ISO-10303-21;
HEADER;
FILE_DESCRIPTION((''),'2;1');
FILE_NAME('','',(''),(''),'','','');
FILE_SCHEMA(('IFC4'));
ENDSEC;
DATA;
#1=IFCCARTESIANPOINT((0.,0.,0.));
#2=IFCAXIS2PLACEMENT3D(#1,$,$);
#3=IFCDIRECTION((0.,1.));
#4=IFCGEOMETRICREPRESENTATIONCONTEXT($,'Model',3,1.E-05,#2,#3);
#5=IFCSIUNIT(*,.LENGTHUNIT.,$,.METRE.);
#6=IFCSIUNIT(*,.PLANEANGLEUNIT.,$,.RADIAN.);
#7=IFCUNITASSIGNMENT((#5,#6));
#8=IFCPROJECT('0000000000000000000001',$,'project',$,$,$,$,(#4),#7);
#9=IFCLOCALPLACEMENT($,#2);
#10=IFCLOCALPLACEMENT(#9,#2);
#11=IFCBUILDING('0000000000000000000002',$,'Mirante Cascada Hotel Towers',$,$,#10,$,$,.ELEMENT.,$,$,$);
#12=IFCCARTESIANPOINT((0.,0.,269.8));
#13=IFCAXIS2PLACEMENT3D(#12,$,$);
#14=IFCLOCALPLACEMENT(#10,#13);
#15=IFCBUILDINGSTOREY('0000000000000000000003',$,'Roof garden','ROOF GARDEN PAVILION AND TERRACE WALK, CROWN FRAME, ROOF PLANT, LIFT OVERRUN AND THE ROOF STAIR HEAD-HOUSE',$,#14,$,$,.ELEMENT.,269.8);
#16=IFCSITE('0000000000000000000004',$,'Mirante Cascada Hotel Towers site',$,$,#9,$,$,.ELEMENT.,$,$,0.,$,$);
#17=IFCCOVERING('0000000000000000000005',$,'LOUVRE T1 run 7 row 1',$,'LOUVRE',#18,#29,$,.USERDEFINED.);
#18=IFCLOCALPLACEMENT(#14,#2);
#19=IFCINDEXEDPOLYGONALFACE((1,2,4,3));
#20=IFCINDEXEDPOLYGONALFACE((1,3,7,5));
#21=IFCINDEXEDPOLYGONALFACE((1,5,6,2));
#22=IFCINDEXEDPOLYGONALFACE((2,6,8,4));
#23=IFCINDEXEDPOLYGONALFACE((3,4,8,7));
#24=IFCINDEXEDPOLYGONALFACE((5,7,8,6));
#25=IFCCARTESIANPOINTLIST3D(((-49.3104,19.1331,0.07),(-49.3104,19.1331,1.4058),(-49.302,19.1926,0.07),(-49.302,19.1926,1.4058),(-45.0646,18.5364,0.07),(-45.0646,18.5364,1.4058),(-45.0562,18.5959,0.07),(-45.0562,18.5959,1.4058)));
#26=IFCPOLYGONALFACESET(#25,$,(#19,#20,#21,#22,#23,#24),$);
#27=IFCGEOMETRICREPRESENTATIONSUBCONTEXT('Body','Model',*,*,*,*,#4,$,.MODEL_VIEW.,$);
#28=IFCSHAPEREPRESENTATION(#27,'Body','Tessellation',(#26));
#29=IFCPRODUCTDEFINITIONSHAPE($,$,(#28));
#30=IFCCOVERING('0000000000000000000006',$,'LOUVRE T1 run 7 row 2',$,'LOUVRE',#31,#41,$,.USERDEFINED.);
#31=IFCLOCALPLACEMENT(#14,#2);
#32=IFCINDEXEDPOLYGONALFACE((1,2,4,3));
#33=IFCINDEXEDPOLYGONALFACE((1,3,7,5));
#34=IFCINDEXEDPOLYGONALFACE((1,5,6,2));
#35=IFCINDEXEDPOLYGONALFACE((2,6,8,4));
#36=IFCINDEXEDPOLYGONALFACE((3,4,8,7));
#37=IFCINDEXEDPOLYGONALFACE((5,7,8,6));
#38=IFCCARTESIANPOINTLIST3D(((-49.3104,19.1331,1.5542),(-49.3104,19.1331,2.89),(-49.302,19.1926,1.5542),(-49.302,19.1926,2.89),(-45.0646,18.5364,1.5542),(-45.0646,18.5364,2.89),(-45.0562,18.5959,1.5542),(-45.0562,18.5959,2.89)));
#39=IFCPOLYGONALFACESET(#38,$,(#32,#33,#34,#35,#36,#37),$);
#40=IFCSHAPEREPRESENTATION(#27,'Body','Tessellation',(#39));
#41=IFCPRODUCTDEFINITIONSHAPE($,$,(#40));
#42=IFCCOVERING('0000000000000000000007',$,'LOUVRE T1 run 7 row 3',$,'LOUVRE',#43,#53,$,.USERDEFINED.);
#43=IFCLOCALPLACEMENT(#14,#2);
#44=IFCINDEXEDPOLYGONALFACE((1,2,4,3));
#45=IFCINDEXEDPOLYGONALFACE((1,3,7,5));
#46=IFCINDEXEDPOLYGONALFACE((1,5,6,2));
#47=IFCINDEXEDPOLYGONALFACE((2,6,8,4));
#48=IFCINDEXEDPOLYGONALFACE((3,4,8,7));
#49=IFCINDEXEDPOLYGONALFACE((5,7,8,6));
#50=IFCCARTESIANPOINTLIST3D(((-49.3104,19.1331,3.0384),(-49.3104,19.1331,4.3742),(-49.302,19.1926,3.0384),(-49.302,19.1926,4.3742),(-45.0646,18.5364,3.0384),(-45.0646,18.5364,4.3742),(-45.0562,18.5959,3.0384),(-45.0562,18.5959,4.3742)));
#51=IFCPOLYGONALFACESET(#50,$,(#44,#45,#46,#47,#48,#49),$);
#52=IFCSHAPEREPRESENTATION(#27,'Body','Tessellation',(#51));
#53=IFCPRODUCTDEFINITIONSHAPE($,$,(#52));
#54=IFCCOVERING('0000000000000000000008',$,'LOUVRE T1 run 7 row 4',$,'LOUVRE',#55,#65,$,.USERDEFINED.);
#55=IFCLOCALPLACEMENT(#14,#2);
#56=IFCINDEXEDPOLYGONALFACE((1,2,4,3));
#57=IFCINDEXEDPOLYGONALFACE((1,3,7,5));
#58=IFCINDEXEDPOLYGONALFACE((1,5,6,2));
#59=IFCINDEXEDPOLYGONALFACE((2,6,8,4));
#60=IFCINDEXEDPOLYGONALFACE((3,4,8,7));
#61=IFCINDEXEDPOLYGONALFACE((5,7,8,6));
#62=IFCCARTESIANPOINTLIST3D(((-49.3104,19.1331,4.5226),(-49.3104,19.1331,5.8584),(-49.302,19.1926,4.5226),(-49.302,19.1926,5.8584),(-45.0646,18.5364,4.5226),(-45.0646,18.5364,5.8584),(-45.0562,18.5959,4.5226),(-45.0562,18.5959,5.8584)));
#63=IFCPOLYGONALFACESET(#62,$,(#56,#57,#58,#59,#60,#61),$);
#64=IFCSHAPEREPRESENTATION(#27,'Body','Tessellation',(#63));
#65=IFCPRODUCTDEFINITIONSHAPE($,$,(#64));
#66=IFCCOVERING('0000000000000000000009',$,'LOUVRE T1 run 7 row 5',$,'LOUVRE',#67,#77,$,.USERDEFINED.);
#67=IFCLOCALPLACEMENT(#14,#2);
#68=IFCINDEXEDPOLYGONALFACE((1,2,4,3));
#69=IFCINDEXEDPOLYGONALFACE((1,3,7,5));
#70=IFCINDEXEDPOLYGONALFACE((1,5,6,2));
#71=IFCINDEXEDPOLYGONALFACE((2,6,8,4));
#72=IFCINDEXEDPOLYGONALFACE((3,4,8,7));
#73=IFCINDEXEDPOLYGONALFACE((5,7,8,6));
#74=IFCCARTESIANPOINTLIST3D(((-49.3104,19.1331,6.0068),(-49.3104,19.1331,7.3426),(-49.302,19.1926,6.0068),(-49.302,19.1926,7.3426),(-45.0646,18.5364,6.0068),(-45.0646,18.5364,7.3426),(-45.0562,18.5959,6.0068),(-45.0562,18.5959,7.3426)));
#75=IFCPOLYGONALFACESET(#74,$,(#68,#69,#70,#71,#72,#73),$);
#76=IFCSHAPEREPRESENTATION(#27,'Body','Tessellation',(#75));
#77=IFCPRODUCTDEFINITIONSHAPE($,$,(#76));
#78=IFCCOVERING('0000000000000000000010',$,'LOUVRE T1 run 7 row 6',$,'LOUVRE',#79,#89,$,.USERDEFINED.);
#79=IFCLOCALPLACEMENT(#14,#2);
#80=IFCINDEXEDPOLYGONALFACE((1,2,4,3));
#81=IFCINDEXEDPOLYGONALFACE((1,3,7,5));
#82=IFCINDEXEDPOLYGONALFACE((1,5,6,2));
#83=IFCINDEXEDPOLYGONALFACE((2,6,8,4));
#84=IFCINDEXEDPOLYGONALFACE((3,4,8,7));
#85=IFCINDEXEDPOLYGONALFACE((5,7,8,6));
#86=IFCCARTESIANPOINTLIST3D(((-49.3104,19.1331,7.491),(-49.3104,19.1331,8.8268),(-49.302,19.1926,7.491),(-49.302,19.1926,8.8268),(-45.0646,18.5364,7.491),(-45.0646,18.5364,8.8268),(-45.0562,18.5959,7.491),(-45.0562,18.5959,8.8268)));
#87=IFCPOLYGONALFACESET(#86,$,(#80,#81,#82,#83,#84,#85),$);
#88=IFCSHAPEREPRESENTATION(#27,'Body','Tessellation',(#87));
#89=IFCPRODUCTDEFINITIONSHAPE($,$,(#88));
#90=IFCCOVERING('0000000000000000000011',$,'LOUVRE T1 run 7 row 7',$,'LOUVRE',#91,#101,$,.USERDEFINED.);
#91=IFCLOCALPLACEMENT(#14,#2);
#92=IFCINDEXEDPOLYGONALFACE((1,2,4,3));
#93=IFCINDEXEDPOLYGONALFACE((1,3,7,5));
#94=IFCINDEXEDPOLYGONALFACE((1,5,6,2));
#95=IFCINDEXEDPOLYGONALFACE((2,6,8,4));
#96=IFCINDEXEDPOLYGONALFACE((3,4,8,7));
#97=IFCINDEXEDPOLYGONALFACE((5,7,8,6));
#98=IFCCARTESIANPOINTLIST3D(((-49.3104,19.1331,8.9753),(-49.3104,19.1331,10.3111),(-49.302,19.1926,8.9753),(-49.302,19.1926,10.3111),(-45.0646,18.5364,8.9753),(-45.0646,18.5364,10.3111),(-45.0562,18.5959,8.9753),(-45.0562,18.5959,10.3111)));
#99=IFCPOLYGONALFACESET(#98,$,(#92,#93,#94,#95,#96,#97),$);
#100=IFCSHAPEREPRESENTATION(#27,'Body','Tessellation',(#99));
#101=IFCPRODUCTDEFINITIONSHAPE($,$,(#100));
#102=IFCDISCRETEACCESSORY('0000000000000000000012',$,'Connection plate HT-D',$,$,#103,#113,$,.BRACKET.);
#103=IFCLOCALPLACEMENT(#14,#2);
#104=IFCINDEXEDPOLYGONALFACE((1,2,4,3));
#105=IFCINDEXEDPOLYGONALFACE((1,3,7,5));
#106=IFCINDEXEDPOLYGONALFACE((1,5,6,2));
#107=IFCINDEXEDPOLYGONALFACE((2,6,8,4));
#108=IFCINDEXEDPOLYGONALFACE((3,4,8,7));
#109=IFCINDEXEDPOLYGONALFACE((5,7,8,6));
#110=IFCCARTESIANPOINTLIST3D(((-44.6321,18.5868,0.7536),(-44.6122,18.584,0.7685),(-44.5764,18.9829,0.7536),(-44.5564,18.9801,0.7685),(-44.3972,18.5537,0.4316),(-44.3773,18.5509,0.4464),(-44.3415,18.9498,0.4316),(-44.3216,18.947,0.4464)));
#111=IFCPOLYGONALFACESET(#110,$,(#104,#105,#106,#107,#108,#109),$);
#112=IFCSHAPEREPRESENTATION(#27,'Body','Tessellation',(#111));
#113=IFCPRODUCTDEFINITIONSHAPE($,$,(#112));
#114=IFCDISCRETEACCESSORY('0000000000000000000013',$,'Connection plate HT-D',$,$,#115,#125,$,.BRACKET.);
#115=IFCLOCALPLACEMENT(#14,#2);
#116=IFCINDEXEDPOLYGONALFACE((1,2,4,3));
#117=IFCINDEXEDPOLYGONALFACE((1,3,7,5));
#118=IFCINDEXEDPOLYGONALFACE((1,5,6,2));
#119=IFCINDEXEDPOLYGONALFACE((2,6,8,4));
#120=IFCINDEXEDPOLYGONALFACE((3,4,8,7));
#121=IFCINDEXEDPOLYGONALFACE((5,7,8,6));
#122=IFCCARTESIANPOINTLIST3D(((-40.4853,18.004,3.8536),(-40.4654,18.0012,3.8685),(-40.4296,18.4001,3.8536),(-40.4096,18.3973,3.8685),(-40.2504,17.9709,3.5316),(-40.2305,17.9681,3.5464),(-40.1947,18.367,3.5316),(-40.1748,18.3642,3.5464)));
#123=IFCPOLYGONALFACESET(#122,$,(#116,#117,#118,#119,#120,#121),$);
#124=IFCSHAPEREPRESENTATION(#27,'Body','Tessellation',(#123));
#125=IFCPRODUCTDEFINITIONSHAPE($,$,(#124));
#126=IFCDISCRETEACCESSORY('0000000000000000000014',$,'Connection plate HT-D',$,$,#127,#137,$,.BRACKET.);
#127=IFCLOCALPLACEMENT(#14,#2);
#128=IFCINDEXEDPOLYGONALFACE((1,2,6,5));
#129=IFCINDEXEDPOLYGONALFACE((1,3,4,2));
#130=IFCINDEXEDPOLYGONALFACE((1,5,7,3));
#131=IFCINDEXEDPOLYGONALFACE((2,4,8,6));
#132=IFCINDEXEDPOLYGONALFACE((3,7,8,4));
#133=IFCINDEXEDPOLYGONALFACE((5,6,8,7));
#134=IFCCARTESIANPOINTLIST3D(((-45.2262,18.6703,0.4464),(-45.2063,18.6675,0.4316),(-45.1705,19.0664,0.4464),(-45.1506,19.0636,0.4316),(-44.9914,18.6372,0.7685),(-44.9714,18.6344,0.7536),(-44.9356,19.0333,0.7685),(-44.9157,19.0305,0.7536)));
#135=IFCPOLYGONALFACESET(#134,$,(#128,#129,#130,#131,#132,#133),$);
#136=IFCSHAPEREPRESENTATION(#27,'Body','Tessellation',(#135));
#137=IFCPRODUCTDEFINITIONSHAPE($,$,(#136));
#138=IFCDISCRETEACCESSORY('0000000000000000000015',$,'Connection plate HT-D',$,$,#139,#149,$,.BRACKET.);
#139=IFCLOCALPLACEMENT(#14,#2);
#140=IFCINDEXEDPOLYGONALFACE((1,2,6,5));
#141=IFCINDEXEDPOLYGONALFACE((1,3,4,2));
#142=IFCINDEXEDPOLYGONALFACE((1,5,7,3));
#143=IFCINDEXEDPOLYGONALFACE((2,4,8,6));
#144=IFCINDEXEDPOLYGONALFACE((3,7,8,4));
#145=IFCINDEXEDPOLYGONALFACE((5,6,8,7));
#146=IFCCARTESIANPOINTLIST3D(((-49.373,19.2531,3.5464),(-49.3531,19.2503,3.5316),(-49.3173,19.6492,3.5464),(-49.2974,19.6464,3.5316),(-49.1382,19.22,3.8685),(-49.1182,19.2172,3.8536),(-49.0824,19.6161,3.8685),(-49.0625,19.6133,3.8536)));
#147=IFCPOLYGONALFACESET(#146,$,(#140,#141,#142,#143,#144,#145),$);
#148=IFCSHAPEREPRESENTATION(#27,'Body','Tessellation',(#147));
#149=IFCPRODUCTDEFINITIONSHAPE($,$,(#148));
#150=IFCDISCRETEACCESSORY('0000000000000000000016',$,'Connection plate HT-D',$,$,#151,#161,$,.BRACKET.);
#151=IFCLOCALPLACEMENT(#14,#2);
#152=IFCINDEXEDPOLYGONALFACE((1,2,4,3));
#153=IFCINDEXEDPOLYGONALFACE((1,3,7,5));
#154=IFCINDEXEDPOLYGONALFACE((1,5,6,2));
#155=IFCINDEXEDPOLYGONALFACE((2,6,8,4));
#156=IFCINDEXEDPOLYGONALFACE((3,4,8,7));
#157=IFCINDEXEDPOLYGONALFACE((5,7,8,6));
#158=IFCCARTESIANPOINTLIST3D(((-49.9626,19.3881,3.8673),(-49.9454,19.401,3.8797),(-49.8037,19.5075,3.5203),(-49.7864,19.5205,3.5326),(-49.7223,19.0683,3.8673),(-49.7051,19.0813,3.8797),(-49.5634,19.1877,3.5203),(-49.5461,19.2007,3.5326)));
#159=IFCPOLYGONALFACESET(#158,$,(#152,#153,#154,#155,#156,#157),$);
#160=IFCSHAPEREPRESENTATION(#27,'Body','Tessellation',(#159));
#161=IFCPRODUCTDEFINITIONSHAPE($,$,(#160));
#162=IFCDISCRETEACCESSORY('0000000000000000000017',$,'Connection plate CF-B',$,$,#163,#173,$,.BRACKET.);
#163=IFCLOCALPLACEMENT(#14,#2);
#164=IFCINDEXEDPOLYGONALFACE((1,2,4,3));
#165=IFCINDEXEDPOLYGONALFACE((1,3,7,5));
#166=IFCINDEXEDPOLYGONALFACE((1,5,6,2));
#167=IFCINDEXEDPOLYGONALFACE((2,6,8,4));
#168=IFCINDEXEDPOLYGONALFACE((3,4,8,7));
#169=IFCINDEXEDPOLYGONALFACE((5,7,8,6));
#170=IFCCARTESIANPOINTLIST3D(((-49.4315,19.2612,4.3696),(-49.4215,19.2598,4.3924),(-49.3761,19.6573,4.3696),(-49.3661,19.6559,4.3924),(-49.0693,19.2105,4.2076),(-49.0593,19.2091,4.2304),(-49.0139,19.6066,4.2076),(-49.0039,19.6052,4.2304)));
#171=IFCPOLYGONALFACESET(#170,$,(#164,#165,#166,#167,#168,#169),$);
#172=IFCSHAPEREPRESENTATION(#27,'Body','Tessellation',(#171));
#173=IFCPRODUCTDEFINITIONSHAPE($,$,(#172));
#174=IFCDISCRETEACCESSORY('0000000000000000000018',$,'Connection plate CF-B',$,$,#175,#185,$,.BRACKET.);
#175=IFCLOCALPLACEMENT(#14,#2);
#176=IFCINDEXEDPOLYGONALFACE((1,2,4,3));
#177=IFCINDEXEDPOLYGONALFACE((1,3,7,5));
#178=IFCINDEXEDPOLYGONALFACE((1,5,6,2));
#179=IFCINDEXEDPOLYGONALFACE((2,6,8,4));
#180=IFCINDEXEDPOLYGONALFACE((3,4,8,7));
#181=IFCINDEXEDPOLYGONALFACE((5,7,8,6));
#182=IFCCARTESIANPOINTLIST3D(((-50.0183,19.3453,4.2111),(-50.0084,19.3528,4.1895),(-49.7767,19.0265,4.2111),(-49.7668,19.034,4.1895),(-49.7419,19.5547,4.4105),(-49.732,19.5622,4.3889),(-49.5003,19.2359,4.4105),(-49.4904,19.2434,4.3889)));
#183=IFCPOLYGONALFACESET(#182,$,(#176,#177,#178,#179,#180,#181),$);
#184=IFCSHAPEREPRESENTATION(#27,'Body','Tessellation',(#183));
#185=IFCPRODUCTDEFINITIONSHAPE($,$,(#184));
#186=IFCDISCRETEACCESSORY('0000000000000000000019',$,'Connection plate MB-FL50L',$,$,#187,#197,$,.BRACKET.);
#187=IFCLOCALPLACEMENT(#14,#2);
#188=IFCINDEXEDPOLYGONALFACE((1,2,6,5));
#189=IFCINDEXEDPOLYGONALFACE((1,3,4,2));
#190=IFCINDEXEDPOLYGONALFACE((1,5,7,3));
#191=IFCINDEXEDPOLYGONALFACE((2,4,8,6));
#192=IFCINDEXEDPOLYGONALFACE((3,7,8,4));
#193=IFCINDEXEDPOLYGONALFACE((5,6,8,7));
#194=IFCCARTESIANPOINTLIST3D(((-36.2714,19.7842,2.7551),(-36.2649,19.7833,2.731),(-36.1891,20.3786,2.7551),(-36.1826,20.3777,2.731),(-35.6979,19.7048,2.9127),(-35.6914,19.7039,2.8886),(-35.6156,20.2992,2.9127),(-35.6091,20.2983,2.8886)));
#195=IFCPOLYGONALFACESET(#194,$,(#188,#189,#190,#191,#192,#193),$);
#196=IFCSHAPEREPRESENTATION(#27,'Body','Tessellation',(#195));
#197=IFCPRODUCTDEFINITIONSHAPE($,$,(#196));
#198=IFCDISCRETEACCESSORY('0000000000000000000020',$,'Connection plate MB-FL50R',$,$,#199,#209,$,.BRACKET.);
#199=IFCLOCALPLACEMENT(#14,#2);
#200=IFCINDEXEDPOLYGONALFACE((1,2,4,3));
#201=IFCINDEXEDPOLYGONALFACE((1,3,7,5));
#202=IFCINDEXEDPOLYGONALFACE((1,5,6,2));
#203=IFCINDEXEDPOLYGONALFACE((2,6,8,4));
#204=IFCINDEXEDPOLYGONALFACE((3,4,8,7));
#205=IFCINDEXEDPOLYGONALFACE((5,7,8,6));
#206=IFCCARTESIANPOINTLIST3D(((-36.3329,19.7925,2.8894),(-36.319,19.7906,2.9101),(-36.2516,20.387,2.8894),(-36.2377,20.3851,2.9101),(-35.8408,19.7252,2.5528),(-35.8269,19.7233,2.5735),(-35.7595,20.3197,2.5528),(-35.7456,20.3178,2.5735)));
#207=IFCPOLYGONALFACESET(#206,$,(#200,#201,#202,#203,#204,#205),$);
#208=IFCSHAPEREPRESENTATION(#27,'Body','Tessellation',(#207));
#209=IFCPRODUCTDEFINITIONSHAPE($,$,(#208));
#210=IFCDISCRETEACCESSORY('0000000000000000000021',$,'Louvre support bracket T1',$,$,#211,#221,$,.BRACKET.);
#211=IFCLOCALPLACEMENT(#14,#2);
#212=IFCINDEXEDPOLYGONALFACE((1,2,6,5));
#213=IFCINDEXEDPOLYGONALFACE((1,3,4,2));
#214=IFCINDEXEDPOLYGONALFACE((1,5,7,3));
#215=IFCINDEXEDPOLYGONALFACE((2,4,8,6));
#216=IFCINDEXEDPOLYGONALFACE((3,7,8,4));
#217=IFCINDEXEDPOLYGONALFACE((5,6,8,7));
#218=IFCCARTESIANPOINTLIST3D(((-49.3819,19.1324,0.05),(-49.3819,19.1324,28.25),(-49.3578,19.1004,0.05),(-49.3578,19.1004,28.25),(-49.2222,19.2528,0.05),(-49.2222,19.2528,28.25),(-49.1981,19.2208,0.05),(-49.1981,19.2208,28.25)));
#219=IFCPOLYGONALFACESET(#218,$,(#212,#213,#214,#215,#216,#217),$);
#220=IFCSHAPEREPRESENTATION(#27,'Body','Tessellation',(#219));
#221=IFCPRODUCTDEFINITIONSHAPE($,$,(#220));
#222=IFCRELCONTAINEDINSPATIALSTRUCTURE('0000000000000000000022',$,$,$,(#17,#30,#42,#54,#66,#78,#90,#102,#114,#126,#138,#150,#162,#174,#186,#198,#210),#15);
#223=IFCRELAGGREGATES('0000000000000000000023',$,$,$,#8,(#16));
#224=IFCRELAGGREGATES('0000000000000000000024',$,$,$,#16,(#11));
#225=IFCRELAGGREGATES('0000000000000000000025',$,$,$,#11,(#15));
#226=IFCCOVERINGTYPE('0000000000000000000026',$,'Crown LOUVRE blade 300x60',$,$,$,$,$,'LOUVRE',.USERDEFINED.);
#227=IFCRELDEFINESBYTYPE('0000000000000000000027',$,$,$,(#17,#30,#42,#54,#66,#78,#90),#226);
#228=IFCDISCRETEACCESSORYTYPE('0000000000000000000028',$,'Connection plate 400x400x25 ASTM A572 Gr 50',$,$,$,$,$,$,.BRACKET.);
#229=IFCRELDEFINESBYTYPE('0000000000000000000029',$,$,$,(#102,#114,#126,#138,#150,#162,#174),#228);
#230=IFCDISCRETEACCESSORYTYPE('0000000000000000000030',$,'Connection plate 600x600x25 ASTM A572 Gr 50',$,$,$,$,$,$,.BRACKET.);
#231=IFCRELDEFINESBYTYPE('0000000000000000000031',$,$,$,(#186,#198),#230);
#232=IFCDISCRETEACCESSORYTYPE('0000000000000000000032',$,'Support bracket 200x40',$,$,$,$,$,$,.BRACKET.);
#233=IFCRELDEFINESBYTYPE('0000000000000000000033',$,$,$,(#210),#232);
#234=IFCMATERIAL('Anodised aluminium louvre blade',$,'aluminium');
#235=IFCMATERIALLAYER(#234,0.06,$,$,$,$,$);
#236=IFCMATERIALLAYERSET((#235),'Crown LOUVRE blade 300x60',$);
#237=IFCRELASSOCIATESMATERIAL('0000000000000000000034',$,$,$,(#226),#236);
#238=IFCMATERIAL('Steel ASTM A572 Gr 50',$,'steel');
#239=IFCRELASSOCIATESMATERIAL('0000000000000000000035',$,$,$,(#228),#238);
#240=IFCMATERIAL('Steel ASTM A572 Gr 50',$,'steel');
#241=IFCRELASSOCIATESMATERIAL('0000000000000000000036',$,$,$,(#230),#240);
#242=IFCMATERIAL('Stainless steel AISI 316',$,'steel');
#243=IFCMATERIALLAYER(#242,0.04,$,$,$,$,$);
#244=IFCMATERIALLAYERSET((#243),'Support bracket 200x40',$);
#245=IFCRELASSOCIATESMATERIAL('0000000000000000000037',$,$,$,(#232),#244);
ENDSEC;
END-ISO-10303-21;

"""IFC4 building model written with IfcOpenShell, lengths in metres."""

from ifc_helpers import new_model, si_unit, direction, frame, origin, origin_2d, place, context, subcontext, project, spatial, rectangle, extrude, material, layer, layer_set, material_profile, profile_set, type_object, element, save


model = new_model("IFC4")

# Units and contexts
model_context = context("Model", 3, precision=1e-05, world=origin(), true_north=direction((0.0, 1.0)))
body_context = subcontext(model_context, "Body", "Model", "MODEL_VIEW")
ifc_project = project(units=[si_unit("LENGTHUNIT", "METRE"), si_unit("PLANEANGLEUNIT", "RADIAN")], contexts=[model_context])

# Site, building, storey
site_placement = place(None, origin())
site = spatial("IfcSite", under=ifc_project, at=site_placement, Name="Mirante Cascada Hotel Towers site", CompositionType="ELEMENT", RefElevation=0.0)
building_placement = place(site_placement, origin())
building = spatial("IfcBuilding", under=site, at=building_placement, Name="Mirante Cascada Hotel Towers", CompositionType="ELEMENT")
storey_placement = place(building_placement, frame((0.0, 0.0, 269.8)))
storey = spatial("IfcBuildingStorey", under=building, at=storey_placement, Name="Roof garden", Description="ROOF GARDEN PAVILION AND TERRACE WALK, CROWN FRAME, ROOF PLANT, LIFT OVERRUN AND THE ROOF STAIR HEAD-HOUSE", CompositionType="ELEMENT", Elevation=269.8)

# Coverings
ifc_material_1 = material(Name="Anodised aluminium louvre blade", Category="aluminium")
ifc_layer_1 = layer(ifc_material_1, 0.06)
ifc_layer_set_1 = layer_set([ifc_layer_1], Name="Crown LOUVRE blade 300x60")
covering_type = type_object("IfcCoveringType", Name="Crown LOUVRE blade 300x60", ElementType="LOUVRE", PredefinedType="USERDEFINED", material=ifc_layer_set_1)
for number, where, z_axis, x_axis, name in (
    (1, (-47.1833, 18.8645, 0.07), (0.0, 0.0, 1.0), (-0.990268, 0.139173, 0.0), "LOUVRE T1 run 7 row 1"),
    (2, (-47.1833, 18.8645, 1.5542), (0.0, 0.0, 1.0), (-0.990268, 0.139173, 0.0), "LOUVRE T1 run 7 row 2"),
    (3, (-47.1833, 18.8645, 3.0384), (0.0, 0.0, 1.0), (-0.990268, 0.139173, 0.0), "LOUVRE T1 run 7 row 3"),
    (4, (-47.1833, 18.8645, 4.5226), (0.0, 0.0, 1.0), (-0.990268, 0.139173, 0.0), "LOUVRE T1 run 7 row 4"),
    (5, (-47.1833, 18.8645, 6.0068), (0.0, 0.0, 1.0), (-0.990268, 0.139173, 0.0), "LOUVRE T1 run 7 row 5"),
    (6, (-47.1833, 18.8645, 7.491), (0.0, 0.0, 1.0), (-0.990268, 0.139173, 0.0), "LOUVRE T1 run 7 row 6"),
    (7, (-47.1833, 18.8645, 8.9753), (0.0, 0.0, 1.0), (-0.990268, 0.139173, 0.0), "LOUVRE T1 run 7 row 7"),
):
    element("IfcCovering", number, at=place(storey_placement, frame(where, z_axis=z_axis, x_axis=x_axis)), inside=storey, type_object=covering_type, Name=name, ObjectType="LOUVRE", PredefinedType="USERDEFINED", context=body_context, shape_type="SweptSolid", body=[
        extrude(rectangle(XDim=4.2875, YDim=0.06, at=origin_2d()), origin(), (0.0, 0.0, 1.0), 1.3358),
    ])

# Discrete accessories
ifc_material_2 = material(Name="Steel ASTM A572 Gr 50", Category="steel")
ifc_material_profile_1 = material_profile(ifc_material_2, rectangle(XDim=0.4, YDim=0.4, at=origin_2d()), Name="Connection plate 400x400x25 ASTM A572 Gr 50")
ifc_profile_set_1 = profile_set([ifc_material_profile_1], Name="Steel ASTM A572 Gr 50")
discrete_accessory_type_1 = type_object("IfcDiscreteAccessoryType", Name="Connection plate 400x400x25 ASTM A572 Gr 50", PredefinedType="BRACKET", material=ifc_profile_set_1)
for number, where, z_axis, x_axis, name in (
    (8, (-44.4868, 18.7683, 0.5926), (0.797347, -0.112189, 0.593002), (0.139331, 0.990246, 0.0), "Connection plate HT-D"),
    (9, (-40.34, 18.1855, 3.6926), (0.797347, -0.112189, 0.593002), (0.139331, 0.990246, 0.0), "Connection plate HT-D"),
    (10, (-45.061, 18.849, 0.5926), (-0.797347, 0.112189, 0.593002), (-0.139331, -0.990246, 0.0), "Connection plate HT-D"),
    (11, (-49.2078, 19.4318, 3.6926), (-0.797347, 0.112189, 0.593002), (-0.139331, -0.990246, 0.0), "Connection plate HT-D"),
):
    element("IfcDiscreteAccessory", number, at=place(storey_placement, frame(where, z_axis=z_axis, x_axis=x_axis)), inside=storey, type_object=discrete_accessory_type_1, Name=name, PredefinedType="BRACKET", context=body_context, shape_type="SweptSolid", body=[
        extrude(rectangle(XDim=0.4, YDim=0.4, at=origin_2d()), origin(), (0.0, 0.0, 1.0), 0.025),
    ])
for number, where, z_axis, x_axis, name in (
    (12, (-49.763, 19.2879, 3.6938), (0.693639, 0.521232, 0.497175), (-0.600739, 0.799445, 0.0), "Connection plate HT-D"),
    (13, (-49.2227, 19.4339, 4.2886), (0.401028, -0.056144, 0.914344), (0.138648, 0.990342, 0.0), "Connection plate CF-B"),
    (14, (-49.7494, 19.2981, 4.2892), (-0.397331, -0.301008, 0.866904), (0.603858, -0.797092, 0.0), "Connection plate CF-B"),
):
    element("IfcDiscreteAccessory", number, at=place(storey_placement, frame(where, z_axis=z_axis, x_axis=x_axis)), inside=storey, type_object=discrete_accessory_type_1, Name=name, PredefinedType="BRACKET", context=body_context, shape_type="SweptSolid", body=[
        extrude(rectangle(XDim=0.4, YDim=0.4, at=origin_2d()), origin(), (0.0, 0.0, 1.0), 0.0249),
    ])
ifc_material_3 = material(Name="Steel ASTM A572 Gr 50", Category="steel")
ifc_material_profile_2 = material_profile(ifc_material_3, rectangle(XDim=0.6, YDim=0.6, at=origin_2d()), Name="Connection plate 600x600x25 ASTM A572 Gr 50")
ifc_profile_set_2 = profile_set([ifc_material_profile_2], Name="Steel ASTM A572 Gr 50")
discrete_accessory_type_2 = type_object("IfcDiscreteAccessoryType", Name="Connection plate 600x600x25 ASTM A572 Gr 50", PredefinedType="BRACKET", material=ifc_profile_set_2)
for number, where, z_axis, x_axis, name in (
    (15, (-35.937, 20.0408, 2.8098), (-0.260235, 0.036033, 0.964873), (-0.137153, -0.99055, 0.0), "Connection plate MB-FL50L"),
    (16, (-36.0462, 20.0561, 2.7211), (0.555862, -0.075981, 0.827795), (0.135431, 0.990787, 0.0), "Connection plate MB-FL50R"),
):
    element("IfcDiscreteAccessory", number, at=place(storey_placement, frame(where, z_axis=z_axis, x_axis=x_axis)), inside=storey, type_object=discrete_accessory_type_2, Name=name, PredefinedType="BRACKET", context=body_context, shape_type="SweptSolid", body=[
        extrude(rectangle(XDim=0.6, YDim=0.6, at=origin_2d()), origin(), (0.0, 0.0, 1.0), 0.025),
    ])
ifc_material_4 = material(Name="Stainless steel AISI 316", Category="steel")
ifc_layer_2 = layer(ifc_material_4, 0.04)
ifc_layer_set_2 = layer_set([ifc_layer_2], Name="Support bracket 200x40")
discrete_accessory_type_3 = type_object("IfcDiscreteAccessoryType", Name="Support bracket 200x40", PredefinedType="BRACKET", material=ifc_layer_set_2)
discrete_accessory_placement = place(storey_placement, frame((-49.29, 19.1766, 0.05), z_axis=(0.0, 0.0, 1.0), x_axis=(-0.798636, -0.601815, 0.0)))
element("IfcDiscreteAccessory", 17, at=discrete_accessory_placement, inside=storey, type_object=discrete_accessory_type_3, Name="Louvre support bracket T1", PredefinedType="BRACKET", context=body_context, shape_type="SweptSolid", body=[
    extrude(rectangle(XDim=0.2, YDim=0.04, at=origin_2d()), origin(), (0.0, 0.0, 1.0), 28.2),
])

save(model, "model.ifc")
